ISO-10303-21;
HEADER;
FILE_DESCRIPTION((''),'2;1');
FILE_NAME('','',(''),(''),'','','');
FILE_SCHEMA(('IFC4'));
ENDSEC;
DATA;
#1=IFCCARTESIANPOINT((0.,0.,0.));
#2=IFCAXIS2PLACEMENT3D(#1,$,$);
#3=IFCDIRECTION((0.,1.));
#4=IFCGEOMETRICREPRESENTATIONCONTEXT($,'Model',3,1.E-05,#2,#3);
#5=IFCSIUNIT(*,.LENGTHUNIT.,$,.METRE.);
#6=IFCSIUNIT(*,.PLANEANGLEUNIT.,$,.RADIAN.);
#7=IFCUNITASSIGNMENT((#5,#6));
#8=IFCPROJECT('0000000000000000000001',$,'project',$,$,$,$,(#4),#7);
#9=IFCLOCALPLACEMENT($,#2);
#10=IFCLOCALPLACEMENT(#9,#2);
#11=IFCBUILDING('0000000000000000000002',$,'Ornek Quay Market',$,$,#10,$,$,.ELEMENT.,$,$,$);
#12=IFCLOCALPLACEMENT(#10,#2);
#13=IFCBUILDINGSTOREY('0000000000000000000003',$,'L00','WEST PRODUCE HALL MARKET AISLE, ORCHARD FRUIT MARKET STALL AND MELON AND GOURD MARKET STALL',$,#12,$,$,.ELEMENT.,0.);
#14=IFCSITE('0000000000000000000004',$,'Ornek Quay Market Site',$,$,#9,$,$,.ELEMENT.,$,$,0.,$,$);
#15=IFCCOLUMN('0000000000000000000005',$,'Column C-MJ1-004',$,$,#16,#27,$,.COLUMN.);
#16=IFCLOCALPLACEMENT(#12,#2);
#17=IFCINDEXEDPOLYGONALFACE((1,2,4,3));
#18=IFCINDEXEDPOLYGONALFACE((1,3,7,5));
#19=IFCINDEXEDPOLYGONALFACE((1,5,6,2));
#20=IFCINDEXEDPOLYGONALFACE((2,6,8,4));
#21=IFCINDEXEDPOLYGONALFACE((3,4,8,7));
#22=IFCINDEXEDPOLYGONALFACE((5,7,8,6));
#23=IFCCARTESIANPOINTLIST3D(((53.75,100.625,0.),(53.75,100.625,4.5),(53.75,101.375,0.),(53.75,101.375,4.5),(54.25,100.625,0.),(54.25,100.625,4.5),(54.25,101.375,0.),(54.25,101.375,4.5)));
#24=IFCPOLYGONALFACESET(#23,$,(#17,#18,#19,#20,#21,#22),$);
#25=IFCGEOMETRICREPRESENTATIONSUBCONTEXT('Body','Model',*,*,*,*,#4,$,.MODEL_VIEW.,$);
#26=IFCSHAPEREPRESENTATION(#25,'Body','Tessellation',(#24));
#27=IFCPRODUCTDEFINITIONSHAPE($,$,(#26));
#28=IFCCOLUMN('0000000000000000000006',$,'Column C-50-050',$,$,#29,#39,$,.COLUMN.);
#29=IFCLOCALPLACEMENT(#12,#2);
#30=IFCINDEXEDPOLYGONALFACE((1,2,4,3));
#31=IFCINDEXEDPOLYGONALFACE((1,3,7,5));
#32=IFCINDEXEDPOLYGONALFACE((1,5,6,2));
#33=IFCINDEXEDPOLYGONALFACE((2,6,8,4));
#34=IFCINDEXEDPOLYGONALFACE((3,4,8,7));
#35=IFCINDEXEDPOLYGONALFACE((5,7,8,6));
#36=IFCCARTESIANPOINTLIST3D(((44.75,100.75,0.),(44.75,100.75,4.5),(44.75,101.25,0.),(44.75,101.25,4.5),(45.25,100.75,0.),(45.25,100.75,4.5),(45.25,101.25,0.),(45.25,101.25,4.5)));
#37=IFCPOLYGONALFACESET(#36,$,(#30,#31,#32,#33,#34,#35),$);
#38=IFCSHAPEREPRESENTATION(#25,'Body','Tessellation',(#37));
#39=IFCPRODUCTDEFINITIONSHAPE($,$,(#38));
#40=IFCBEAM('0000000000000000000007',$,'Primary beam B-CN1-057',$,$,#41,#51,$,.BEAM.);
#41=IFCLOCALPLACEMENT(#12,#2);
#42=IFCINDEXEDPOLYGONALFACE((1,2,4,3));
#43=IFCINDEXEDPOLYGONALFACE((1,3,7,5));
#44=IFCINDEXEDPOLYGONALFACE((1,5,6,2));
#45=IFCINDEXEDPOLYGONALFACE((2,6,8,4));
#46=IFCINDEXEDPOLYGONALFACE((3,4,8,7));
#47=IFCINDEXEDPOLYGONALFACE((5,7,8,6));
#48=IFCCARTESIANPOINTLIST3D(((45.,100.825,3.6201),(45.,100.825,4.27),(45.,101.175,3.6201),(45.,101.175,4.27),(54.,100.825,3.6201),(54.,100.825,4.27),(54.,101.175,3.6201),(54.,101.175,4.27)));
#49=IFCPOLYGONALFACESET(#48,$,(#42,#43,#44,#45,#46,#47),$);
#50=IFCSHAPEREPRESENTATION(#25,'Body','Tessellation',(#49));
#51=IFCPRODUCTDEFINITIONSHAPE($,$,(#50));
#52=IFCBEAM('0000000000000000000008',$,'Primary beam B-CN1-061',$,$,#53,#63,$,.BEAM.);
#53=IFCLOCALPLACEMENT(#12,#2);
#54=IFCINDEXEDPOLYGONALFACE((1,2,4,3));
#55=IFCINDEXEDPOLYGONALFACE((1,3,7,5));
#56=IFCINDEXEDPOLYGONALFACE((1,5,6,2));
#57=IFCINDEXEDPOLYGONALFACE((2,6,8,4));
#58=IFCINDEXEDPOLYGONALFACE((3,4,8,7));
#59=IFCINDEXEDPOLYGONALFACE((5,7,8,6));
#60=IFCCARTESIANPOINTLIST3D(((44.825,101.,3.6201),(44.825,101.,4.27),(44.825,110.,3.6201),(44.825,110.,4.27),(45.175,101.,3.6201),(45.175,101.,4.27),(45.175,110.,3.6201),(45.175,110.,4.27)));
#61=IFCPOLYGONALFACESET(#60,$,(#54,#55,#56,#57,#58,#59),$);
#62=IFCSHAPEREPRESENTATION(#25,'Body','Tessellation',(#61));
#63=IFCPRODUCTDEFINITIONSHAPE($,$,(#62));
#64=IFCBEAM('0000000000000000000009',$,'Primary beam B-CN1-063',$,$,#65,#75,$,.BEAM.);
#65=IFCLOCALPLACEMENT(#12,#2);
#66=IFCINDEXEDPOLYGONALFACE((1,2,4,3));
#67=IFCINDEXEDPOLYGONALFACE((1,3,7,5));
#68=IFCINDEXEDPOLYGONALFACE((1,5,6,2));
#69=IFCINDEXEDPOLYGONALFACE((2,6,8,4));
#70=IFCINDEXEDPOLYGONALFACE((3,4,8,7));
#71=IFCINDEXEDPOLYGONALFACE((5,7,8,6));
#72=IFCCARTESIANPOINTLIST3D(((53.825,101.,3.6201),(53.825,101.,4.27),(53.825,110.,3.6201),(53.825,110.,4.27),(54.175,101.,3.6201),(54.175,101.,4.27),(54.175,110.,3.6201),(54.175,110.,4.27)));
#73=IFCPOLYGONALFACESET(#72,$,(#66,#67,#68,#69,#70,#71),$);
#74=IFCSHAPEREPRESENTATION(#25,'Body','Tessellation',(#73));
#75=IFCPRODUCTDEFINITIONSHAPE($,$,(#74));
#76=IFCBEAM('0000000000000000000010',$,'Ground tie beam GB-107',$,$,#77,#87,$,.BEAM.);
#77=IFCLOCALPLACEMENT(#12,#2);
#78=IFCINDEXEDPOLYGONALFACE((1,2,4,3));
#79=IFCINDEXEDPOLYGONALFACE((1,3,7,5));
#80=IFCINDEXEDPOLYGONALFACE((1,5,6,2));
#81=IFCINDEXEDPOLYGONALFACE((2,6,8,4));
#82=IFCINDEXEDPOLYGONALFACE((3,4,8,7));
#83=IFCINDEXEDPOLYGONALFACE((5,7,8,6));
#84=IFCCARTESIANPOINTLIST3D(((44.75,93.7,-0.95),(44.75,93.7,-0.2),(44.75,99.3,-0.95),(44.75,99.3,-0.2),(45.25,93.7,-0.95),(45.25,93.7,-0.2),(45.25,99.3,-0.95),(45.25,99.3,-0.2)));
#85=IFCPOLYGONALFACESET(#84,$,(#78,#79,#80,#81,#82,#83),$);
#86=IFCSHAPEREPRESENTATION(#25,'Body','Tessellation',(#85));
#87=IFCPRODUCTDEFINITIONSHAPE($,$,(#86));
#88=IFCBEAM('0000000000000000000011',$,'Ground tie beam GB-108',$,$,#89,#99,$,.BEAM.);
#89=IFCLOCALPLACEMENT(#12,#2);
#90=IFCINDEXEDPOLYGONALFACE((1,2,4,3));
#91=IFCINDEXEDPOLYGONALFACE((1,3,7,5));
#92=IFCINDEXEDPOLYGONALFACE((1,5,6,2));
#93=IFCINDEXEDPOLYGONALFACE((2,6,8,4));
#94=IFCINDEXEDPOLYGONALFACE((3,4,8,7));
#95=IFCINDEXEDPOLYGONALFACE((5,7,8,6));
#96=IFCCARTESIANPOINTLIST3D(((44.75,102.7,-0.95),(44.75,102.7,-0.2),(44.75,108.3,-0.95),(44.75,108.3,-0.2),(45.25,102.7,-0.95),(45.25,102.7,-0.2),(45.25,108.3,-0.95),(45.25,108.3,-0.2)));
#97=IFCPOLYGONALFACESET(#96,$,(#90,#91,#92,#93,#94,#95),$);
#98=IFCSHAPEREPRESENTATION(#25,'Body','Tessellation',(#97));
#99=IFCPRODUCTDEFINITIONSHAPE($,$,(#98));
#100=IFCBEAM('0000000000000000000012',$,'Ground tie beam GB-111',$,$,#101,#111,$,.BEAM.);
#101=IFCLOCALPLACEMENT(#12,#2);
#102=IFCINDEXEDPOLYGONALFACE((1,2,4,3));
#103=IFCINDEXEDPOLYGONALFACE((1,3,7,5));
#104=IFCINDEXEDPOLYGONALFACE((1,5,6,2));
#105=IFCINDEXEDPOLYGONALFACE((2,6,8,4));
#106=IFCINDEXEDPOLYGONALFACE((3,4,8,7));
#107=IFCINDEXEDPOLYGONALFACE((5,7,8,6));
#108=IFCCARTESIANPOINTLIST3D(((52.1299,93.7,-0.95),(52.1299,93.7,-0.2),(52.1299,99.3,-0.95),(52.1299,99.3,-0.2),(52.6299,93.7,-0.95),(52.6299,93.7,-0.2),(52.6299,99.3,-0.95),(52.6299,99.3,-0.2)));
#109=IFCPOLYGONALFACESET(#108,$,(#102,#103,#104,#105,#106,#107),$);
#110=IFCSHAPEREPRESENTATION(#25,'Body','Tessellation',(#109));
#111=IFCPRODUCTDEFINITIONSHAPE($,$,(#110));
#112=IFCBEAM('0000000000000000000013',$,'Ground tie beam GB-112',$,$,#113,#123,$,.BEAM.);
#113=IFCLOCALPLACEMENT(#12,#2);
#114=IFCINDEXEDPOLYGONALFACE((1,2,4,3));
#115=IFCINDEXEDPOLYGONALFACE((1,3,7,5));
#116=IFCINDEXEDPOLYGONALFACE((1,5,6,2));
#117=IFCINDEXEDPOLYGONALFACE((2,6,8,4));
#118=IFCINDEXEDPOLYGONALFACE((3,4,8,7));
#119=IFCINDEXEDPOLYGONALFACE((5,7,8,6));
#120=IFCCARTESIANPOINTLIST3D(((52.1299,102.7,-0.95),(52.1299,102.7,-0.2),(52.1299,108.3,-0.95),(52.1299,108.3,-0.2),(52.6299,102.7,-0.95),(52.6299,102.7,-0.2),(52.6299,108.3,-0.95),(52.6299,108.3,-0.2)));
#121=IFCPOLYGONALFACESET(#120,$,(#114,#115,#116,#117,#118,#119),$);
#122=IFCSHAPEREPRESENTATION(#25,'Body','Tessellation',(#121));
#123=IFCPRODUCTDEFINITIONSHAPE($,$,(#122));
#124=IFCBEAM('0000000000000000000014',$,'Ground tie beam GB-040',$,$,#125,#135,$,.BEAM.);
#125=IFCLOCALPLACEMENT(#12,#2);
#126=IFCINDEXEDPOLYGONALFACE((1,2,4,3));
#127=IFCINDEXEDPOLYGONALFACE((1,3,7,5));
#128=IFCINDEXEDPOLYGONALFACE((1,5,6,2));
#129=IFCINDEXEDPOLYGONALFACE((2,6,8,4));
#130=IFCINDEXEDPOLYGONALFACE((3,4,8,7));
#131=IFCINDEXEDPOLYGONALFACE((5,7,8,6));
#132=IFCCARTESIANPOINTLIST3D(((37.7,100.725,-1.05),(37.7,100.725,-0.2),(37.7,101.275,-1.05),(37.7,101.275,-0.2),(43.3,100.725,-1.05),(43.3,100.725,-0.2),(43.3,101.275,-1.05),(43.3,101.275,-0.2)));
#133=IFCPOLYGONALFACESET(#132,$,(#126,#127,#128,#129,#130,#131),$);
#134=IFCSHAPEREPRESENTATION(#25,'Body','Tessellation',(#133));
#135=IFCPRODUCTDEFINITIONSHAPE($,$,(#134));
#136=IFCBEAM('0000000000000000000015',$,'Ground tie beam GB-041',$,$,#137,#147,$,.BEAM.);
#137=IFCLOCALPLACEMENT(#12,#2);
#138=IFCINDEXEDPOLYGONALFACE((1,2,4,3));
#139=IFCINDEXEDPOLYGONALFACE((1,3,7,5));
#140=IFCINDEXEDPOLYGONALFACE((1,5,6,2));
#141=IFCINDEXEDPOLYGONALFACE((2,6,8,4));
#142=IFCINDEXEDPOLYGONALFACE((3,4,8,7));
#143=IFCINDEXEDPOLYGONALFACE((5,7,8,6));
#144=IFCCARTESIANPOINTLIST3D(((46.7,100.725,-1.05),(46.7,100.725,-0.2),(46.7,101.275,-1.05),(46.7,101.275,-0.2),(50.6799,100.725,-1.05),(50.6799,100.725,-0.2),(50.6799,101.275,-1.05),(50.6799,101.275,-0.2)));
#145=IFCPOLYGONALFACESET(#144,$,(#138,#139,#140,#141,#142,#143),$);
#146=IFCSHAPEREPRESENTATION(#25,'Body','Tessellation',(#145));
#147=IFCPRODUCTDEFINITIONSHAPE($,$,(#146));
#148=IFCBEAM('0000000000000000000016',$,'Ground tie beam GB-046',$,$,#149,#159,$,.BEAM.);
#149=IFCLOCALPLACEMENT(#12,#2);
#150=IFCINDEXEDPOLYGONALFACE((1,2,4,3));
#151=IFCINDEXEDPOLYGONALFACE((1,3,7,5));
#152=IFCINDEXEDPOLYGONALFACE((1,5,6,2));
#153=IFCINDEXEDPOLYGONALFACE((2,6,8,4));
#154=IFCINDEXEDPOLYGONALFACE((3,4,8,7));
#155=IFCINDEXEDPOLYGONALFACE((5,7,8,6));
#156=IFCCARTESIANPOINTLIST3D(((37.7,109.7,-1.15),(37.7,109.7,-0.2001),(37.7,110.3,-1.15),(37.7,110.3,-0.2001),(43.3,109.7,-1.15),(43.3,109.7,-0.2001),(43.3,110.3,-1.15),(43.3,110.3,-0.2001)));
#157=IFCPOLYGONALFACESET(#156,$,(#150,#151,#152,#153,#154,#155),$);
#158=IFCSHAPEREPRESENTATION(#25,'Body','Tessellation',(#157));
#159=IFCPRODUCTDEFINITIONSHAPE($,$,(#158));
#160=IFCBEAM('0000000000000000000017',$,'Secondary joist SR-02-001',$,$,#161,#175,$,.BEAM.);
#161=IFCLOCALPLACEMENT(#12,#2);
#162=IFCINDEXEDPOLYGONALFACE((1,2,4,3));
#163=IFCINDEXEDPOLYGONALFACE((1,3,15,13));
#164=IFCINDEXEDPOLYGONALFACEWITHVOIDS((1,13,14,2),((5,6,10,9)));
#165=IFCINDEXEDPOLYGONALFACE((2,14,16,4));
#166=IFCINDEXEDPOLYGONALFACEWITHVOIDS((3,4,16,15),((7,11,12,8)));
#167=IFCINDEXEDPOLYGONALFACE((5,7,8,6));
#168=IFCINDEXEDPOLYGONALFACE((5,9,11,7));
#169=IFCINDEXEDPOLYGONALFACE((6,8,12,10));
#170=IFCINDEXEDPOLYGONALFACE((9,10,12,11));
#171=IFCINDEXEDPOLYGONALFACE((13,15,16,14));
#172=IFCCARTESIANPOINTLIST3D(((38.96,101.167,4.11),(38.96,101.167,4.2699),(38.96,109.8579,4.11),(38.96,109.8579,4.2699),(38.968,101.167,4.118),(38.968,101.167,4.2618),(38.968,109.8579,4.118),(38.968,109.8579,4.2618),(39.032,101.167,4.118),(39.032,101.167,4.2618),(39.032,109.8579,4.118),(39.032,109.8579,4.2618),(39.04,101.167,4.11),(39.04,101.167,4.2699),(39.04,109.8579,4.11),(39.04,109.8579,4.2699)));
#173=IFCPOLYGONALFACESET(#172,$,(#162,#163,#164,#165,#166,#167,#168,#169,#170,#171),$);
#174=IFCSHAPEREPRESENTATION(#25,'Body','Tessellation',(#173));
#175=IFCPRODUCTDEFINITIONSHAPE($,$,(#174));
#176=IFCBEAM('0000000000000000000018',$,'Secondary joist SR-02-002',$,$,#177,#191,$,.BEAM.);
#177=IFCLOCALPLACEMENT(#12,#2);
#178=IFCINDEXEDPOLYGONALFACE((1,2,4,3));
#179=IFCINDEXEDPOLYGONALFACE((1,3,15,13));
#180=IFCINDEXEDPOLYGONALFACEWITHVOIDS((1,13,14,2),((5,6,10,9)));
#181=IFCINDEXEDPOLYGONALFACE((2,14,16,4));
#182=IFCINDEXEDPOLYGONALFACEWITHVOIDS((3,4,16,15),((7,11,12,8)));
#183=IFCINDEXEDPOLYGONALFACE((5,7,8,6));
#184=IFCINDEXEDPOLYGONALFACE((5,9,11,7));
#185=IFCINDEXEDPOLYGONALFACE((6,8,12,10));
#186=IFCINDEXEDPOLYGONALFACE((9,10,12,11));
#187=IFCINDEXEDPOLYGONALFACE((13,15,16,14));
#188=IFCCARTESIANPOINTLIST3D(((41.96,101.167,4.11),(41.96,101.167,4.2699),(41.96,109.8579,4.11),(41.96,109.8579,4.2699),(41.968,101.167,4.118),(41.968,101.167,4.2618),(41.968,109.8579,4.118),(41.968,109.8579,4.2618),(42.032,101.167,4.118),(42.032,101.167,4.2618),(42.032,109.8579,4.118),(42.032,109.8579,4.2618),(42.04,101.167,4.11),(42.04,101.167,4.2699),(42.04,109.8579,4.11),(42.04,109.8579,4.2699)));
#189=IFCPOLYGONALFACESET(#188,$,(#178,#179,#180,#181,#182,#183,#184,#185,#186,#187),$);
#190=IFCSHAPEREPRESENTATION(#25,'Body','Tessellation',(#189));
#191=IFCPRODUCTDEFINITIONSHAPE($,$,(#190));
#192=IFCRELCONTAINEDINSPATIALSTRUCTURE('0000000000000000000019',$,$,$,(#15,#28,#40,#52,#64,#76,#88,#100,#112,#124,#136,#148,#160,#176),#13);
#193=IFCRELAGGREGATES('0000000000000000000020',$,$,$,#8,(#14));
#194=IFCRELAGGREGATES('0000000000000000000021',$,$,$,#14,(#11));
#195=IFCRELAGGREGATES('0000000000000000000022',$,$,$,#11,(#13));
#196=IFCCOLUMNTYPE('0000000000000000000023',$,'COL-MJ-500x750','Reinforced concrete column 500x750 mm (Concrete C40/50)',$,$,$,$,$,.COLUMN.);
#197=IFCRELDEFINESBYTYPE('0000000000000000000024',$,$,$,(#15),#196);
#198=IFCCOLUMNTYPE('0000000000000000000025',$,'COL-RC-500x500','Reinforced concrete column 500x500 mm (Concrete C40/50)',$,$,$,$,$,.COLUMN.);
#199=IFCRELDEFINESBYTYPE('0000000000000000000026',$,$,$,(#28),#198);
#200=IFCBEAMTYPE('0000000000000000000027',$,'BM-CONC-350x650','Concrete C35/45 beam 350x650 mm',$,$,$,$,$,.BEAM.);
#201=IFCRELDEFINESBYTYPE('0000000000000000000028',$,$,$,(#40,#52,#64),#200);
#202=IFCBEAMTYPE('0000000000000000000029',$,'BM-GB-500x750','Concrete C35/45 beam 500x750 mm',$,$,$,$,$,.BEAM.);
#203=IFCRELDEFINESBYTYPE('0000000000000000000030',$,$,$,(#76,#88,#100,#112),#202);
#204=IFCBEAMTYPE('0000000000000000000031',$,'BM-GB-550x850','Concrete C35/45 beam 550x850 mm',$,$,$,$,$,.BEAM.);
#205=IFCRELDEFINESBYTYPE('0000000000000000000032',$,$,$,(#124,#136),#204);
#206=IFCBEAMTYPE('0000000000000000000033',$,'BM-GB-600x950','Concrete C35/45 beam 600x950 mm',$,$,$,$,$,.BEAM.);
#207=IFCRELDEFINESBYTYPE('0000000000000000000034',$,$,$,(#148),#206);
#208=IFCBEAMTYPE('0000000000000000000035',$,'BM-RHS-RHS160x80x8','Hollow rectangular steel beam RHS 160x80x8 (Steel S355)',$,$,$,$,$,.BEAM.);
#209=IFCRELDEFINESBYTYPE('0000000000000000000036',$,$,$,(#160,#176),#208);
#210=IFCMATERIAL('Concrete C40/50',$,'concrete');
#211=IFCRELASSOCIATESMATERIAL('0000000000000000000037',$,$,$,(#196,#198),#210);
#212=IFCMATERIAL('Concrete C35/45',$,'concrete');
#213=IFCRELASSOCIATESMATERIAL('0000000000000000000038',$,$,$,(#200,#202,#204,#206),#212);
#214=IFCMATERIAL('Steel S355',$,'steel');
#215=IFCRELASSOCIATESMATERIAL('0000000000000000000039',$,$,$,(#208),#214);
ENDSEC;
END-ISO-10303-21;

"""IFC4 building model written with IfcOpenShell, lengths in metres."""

from ifc_helpers import new_model, si_unit, direction, frame, origin, origin_2d, place, context, subcontext, project, spatial, rectangle, hollow_rectangle, extrude, material, material_profile, profile_set, type_object, element, save


model = new_model("IFC4")

# Units and contexts
model_context = context("Model", 3, precision=1e-05, world=origin(), true_north=direction((0.0, 1.0)))
body_context = subcontext(model_context, "Body", "Model", "MODEL_VIEW")
ifc_project = project(units=[si_unit("LENGTHUNIT", "METRE"), si_unit("PLANEANGLEUNIT", "RADIAN")], contexts=[model_context])

# Site, building, storey
site_placement = place(None, origin())
site = spatial("IfcSite", under=ifc_project, at=site_placement, Name="Ornek Quay Market Site", CompositionType="ELEMENT", RefElevation=0.0)
building_placement = place(site_placement, origin())
building = spatial("IfcBuilding", under=site, at=building_placement, Name="Ornek Quay Market", CompositionType="ELEMENT")
storey_placement = place(building_placement, origin())
storey = spatial("IfcBuildingStorey", under=building, at=storey_placement, Name="L00", Description="WEST PRODUCE HALL MARKET AISLE, ORCHARD FRUIT MARKET STALL AND MELON AND GOURD MARKET STALL", CompositionType="ELEMENT", Elevation=0.0)

# Shared definitions
ifc_material_1 = material(Name="Concrete C35/45", Category="concrete")

# Columns
ifc_material_2 = material(Name="Concrete C40/50", Category="concrete")
ifc_material_profile_1 = material_profile(ifc_material_2, rectangle(XDim=0.5, YDim=0.75, at=origin_2d()), Name="RC 500x750", Category="concrete")
ifc_profile_set_1 = profile_set([ifc_material_profile_1], Name="Concrete C40/50")
column_type_1 = type_object("IfcColumnType", Name="COL-MJ-500x750", Description="Reinforced concrete column 500x750 mm (Concrete C40/50)", PredefinedType="COLUMN", material=ifc_profile_set_1)
column_1_placement = place(storey_placement, frame((54.0, 101.0, 0.0), z_axis=(0.0, 0.0, 1.0), x_axis=(1.0, 0.0, 0.0)))
element("IfcColumn", 1, at=column_1_placement, inside=storey, type_object=column_type_1, Name="Column C-MJ1-004", PredefinedType="COLUMN", context=body_context, shape_type="SweptSolid", body=[
    extrude(rectangle(XDim=0.5, YDim=0.75, at=origin_2d()), origin(), (0.0, 0.0, 1.0), 4.5),
])
ifc_material_profile_2 = material_profile(ifc_material_2, rectangle(XDim=0.5, YDim=0.5, at=origin_2d()), Name="RC 500x500", Category="concrete")
ifc_profile_set_2 = profile_set([ifc_material_profile_2], Name="Concrete C40/50")
column_type_2 = type_object("IfcColumnType", Name="COL-RC-500x500", Description="Reinforced concrete column 500x500 mm (Concrete C40/50)", PredefinedType="COLUMN", material=ifc_profile_set_2)
column_2_placement = place(storey_placement, frame((45.0, 101.0, 0.0), z_axis=(0.0, 0.0, 1.0), x_axis=(1.0, 0.0, 0.0)))
element("IfcColumn", 2, at=column_2_placement, inside=storey, type_object=column_type_2, Name="Column C-50-050", PredefinedType="COLUMN", context=body_context, shape_type="SweptSolid", body=[
    extrude(rectangle(XDim=0.5, YDim=0.5, at=origin_2d()), origin(), (0.0, 0.0, 1.0), 4.5),
])

# Beams
ifc_material_profile_3 = material_profile(ifc_material_1, rectangle(XDim=0.3501, YDim=0.6499, at=origin_2d()), Name="RC 350x650", Category="concrete")
ifc_profile_set_3 = profile_set([ifc_material_profile_3], Name="Concrete C35/45")
beam_type_1 = type_object("IfcBeamType", Name="BM-CONC-350x650", Description="Concrete C35/45 beam 350x650 mm", PredefinedType="BEAM", material=ifc_profile_set_3)
for number, where, z_axis, x_axis, name in (
    (3, (45.0, 101.0, 3.9451), (1.0, 0.0, 0.0), (0.0, 1.0, 0.0), "Primary beam B-CN1-057"),
    (4, (45.0, 101.0, 3.9451), (0.0, 1.0, 0.0), (-1.0, 0.0, 0.0), "Primary beam B-CN1-061"),
    (5, (54.0, 101.0, 3.9451), (0.0, 1.0, 0.0), (-1.0, 0.0, 0.0), "Primary beam B-CN1-063"),
):
    element("IfcBeam", number, at=place(storey_placement, frame(where, z_axis=z_axis, x_axis=x_axis)), inside=storey, type_object=beam_type_1, Name=name, PredefinedType="BEAM", context=body_context, shape_type="SweptSolid", body=[
        extrude(rectangle(XDim=0.3501, YDim=0.6499, at=origin_2d()), origin(), (0.0, 0.0, 1.0), 9.0),
    ])
ifc_material_profile_4 = material_profile(ifc_material_1, rectangle(XDim=0.5, YDim=0.75, at=origin_2d()), Name="RC 500x750", Category="concrete")
ifc_profile_set_4 = profile_set([ifc_material_profile_4], Name="Concrete C35/45")
beam_type_2 = type_object("IfcBeamType", Name="BM-GB-500x750", Description="Concrete C35/45 beam 500x750 mm", PredefinedType="BEAM", material=ifc_profile_set_4)
for number, where, z_axis, x_axis, name in (
    (6, (45.0, 93.7, -0.575), (0.0, 1.0, 0.0), (-1.0, 0.0, 0.0), "Ground tie beam GB-107"),
    (7, (45.0, 102.7, -0.575), (0.0, 1.0, 0.0), (-1.0, 0.0, 0.0), "Ground tie beam GB-108"),
    (8, (52.3799, 93.7, -0.575), (0.0, 1.0, 0.0), (-1.0, 0.0, 0.0), "Ground tie beam GB-111"),
    (9, (52.3799, 102.7, -0.575), (0.0, 1.0, 0.0), (-1.0, 0.0, 0.0), "Ground tie beam GB-112"),
):
    element("IfcBeam", number, at=place(storey_placement, frame(where, z_axis=z_axis, x_axis=x_axis)), inside=storey, type_object=beam_type_2, Name=name, PredefinedType="BEAM", context=body_context, shape_type="SweptSolid", body=[
        extrude(rectangle(XDim=0.5, YDim=0.75, at=origin_2d()), origin(), (0.0, 0.0, 1.0), 5.6001),
    ])
ifc_material_profile_5 = material_profile(ifc_material_1, rectangle(XDim=0.55, YDim=0.8501, at=origin_2d()), Name="RC 550x850", Category="concrete")
ifc_profile_set_5 = profile_set([ifc_material_profile_5], Name="Concrete C35/45")
beam_type_3 = type_object("IfcBeamType", Name="BM-GB-550x850", Description="Concrete C35/45 beam 550x850 mm", PredefinedType="BEAM", material=ifc_profile_set_5)
beam_1_placement = place(storey_placement, frame((37.7, 101.0, -0.625), z_axis=(1.0, 0.0, 0.0), x_axis=(0.0, 1.0, 0.0)))
element("IfcBeam", 10, at=beam_1_placement, inside=storey, type_object=beam_type_3, Name="Ground tie beam GB-040", PredefinedType="BEAM", context=body_context, shape_type="SweptSolid", body=[
    extrude(rectangle(XDim=0.55, YDim=0.8501, at=origin_2d()), origin(), (0.0, 0.0, 1.0), 5.6001),
])
beam_2_placement = place(storey_placement, frame((46.7, 101.0, -0.625), z_axis=(1.0, 0.0, 0.0), x_axis=(0.0, 1.0, 0.0)))
element("IfcBeam", 11, at=beam_2_placement, inside=storey, type_object=beam_type_3, Name="Ground tie beam GB-041", PredefinedType="BEAM", context=body_context, shape_type="SweptSolid", body=[
    extrude(rectangle(XDim=0.55, YDim=0.8501, at=origin_2d()), origin(), (0.0, 0.0, 1.0), 3.98),
])
ifc_material_profile_6 = material_profile(ifc_material_1, rectangle(XDim=0.6001, YDim=0.95, at=origin_2d()), Name="RC 600x950", Category="concrete")
ifc_profile_set_6 = profile_set([ifc_material_profile_6], Name="Concrete C35/45")
beam_type_4 = type_object("IfcBeamType", Name="BM-GB-600x950", Description="Concrete C35/45 beam 600x950 mm", PredefinedType="BEAM", material=ifc_profile_set_6)
beam_3_placement = place(storey_placement, frame((37.7, 110.0, -0.675), z_axis=(1.0, 0.0, 0.0), x_axis=(0.0, 1.0, 0.0)))
element("IfcBeam", 12, at=beam_3_placement, inside=storey, type_object=beam_type_4, Name="Ground tie beam GB-046", PredefinedType="BEAM", context=body_context, shape_type="SweptSolid", body=[
    extrude(rectangle(XDim=0.6001, YDim=0.95, at=origin_2d()), origin(), (0.0, 0.0, 1.0), 5.6001),
])
ifc_material_3 = material(Name="Steel S355", Category="steel")
ifc_material_profile_7 = material_profile(ifc_material_3, hollow_rectangle(XDim=0.0801, YDim=0.1599, WallThickness=0.0081, at=origin_2d()), Name="RHS 160x80x8", Category="steel")
ifc_profile_set_7 = profile_set([ifc_material_profile_7], Name="Steel S355")
beam_type_5 = type_object("IfcBeamType", Name="BM-RHS-RHS160x80x8", Description="Hollow rectangular steel beam RHS 160x80x8 (Steel S355)", PredefinedType="BEAM", material=ifc_profile_set_7)
for number, where, z_axis, x_axis, name in (
    (13, (39.0, 101.167, 4.1899), (0.0, 1.0, 0.0), (-1.0, 0.0, 0.0), "Secondary joist SR-02-001"),
    (14, (42.0, 101.167, 4.1899), (0.0, 1.0, 0.0), (-1.0, 0.0, 0.0), "Secondary joist SR-02-002"),
):
    element("IfcBeam", number, at=place(storey_placement, frame(where, z_axis=z_axis, x_axis=x_axis)), inside=storey, type_object=beam_type_5, Name=name, PredefinedType="BEAM", context=body_context, shape_type="SweptSolid", body=[
        extrude(hollow_rectangle(XDim=0.0801, YDim=0.1599, WallThickness=0.0081, at=origin_2d()), origin(), (0.0, 0.0, 1.0), 8.6909),
    ])

save(model, "model.ifc")
